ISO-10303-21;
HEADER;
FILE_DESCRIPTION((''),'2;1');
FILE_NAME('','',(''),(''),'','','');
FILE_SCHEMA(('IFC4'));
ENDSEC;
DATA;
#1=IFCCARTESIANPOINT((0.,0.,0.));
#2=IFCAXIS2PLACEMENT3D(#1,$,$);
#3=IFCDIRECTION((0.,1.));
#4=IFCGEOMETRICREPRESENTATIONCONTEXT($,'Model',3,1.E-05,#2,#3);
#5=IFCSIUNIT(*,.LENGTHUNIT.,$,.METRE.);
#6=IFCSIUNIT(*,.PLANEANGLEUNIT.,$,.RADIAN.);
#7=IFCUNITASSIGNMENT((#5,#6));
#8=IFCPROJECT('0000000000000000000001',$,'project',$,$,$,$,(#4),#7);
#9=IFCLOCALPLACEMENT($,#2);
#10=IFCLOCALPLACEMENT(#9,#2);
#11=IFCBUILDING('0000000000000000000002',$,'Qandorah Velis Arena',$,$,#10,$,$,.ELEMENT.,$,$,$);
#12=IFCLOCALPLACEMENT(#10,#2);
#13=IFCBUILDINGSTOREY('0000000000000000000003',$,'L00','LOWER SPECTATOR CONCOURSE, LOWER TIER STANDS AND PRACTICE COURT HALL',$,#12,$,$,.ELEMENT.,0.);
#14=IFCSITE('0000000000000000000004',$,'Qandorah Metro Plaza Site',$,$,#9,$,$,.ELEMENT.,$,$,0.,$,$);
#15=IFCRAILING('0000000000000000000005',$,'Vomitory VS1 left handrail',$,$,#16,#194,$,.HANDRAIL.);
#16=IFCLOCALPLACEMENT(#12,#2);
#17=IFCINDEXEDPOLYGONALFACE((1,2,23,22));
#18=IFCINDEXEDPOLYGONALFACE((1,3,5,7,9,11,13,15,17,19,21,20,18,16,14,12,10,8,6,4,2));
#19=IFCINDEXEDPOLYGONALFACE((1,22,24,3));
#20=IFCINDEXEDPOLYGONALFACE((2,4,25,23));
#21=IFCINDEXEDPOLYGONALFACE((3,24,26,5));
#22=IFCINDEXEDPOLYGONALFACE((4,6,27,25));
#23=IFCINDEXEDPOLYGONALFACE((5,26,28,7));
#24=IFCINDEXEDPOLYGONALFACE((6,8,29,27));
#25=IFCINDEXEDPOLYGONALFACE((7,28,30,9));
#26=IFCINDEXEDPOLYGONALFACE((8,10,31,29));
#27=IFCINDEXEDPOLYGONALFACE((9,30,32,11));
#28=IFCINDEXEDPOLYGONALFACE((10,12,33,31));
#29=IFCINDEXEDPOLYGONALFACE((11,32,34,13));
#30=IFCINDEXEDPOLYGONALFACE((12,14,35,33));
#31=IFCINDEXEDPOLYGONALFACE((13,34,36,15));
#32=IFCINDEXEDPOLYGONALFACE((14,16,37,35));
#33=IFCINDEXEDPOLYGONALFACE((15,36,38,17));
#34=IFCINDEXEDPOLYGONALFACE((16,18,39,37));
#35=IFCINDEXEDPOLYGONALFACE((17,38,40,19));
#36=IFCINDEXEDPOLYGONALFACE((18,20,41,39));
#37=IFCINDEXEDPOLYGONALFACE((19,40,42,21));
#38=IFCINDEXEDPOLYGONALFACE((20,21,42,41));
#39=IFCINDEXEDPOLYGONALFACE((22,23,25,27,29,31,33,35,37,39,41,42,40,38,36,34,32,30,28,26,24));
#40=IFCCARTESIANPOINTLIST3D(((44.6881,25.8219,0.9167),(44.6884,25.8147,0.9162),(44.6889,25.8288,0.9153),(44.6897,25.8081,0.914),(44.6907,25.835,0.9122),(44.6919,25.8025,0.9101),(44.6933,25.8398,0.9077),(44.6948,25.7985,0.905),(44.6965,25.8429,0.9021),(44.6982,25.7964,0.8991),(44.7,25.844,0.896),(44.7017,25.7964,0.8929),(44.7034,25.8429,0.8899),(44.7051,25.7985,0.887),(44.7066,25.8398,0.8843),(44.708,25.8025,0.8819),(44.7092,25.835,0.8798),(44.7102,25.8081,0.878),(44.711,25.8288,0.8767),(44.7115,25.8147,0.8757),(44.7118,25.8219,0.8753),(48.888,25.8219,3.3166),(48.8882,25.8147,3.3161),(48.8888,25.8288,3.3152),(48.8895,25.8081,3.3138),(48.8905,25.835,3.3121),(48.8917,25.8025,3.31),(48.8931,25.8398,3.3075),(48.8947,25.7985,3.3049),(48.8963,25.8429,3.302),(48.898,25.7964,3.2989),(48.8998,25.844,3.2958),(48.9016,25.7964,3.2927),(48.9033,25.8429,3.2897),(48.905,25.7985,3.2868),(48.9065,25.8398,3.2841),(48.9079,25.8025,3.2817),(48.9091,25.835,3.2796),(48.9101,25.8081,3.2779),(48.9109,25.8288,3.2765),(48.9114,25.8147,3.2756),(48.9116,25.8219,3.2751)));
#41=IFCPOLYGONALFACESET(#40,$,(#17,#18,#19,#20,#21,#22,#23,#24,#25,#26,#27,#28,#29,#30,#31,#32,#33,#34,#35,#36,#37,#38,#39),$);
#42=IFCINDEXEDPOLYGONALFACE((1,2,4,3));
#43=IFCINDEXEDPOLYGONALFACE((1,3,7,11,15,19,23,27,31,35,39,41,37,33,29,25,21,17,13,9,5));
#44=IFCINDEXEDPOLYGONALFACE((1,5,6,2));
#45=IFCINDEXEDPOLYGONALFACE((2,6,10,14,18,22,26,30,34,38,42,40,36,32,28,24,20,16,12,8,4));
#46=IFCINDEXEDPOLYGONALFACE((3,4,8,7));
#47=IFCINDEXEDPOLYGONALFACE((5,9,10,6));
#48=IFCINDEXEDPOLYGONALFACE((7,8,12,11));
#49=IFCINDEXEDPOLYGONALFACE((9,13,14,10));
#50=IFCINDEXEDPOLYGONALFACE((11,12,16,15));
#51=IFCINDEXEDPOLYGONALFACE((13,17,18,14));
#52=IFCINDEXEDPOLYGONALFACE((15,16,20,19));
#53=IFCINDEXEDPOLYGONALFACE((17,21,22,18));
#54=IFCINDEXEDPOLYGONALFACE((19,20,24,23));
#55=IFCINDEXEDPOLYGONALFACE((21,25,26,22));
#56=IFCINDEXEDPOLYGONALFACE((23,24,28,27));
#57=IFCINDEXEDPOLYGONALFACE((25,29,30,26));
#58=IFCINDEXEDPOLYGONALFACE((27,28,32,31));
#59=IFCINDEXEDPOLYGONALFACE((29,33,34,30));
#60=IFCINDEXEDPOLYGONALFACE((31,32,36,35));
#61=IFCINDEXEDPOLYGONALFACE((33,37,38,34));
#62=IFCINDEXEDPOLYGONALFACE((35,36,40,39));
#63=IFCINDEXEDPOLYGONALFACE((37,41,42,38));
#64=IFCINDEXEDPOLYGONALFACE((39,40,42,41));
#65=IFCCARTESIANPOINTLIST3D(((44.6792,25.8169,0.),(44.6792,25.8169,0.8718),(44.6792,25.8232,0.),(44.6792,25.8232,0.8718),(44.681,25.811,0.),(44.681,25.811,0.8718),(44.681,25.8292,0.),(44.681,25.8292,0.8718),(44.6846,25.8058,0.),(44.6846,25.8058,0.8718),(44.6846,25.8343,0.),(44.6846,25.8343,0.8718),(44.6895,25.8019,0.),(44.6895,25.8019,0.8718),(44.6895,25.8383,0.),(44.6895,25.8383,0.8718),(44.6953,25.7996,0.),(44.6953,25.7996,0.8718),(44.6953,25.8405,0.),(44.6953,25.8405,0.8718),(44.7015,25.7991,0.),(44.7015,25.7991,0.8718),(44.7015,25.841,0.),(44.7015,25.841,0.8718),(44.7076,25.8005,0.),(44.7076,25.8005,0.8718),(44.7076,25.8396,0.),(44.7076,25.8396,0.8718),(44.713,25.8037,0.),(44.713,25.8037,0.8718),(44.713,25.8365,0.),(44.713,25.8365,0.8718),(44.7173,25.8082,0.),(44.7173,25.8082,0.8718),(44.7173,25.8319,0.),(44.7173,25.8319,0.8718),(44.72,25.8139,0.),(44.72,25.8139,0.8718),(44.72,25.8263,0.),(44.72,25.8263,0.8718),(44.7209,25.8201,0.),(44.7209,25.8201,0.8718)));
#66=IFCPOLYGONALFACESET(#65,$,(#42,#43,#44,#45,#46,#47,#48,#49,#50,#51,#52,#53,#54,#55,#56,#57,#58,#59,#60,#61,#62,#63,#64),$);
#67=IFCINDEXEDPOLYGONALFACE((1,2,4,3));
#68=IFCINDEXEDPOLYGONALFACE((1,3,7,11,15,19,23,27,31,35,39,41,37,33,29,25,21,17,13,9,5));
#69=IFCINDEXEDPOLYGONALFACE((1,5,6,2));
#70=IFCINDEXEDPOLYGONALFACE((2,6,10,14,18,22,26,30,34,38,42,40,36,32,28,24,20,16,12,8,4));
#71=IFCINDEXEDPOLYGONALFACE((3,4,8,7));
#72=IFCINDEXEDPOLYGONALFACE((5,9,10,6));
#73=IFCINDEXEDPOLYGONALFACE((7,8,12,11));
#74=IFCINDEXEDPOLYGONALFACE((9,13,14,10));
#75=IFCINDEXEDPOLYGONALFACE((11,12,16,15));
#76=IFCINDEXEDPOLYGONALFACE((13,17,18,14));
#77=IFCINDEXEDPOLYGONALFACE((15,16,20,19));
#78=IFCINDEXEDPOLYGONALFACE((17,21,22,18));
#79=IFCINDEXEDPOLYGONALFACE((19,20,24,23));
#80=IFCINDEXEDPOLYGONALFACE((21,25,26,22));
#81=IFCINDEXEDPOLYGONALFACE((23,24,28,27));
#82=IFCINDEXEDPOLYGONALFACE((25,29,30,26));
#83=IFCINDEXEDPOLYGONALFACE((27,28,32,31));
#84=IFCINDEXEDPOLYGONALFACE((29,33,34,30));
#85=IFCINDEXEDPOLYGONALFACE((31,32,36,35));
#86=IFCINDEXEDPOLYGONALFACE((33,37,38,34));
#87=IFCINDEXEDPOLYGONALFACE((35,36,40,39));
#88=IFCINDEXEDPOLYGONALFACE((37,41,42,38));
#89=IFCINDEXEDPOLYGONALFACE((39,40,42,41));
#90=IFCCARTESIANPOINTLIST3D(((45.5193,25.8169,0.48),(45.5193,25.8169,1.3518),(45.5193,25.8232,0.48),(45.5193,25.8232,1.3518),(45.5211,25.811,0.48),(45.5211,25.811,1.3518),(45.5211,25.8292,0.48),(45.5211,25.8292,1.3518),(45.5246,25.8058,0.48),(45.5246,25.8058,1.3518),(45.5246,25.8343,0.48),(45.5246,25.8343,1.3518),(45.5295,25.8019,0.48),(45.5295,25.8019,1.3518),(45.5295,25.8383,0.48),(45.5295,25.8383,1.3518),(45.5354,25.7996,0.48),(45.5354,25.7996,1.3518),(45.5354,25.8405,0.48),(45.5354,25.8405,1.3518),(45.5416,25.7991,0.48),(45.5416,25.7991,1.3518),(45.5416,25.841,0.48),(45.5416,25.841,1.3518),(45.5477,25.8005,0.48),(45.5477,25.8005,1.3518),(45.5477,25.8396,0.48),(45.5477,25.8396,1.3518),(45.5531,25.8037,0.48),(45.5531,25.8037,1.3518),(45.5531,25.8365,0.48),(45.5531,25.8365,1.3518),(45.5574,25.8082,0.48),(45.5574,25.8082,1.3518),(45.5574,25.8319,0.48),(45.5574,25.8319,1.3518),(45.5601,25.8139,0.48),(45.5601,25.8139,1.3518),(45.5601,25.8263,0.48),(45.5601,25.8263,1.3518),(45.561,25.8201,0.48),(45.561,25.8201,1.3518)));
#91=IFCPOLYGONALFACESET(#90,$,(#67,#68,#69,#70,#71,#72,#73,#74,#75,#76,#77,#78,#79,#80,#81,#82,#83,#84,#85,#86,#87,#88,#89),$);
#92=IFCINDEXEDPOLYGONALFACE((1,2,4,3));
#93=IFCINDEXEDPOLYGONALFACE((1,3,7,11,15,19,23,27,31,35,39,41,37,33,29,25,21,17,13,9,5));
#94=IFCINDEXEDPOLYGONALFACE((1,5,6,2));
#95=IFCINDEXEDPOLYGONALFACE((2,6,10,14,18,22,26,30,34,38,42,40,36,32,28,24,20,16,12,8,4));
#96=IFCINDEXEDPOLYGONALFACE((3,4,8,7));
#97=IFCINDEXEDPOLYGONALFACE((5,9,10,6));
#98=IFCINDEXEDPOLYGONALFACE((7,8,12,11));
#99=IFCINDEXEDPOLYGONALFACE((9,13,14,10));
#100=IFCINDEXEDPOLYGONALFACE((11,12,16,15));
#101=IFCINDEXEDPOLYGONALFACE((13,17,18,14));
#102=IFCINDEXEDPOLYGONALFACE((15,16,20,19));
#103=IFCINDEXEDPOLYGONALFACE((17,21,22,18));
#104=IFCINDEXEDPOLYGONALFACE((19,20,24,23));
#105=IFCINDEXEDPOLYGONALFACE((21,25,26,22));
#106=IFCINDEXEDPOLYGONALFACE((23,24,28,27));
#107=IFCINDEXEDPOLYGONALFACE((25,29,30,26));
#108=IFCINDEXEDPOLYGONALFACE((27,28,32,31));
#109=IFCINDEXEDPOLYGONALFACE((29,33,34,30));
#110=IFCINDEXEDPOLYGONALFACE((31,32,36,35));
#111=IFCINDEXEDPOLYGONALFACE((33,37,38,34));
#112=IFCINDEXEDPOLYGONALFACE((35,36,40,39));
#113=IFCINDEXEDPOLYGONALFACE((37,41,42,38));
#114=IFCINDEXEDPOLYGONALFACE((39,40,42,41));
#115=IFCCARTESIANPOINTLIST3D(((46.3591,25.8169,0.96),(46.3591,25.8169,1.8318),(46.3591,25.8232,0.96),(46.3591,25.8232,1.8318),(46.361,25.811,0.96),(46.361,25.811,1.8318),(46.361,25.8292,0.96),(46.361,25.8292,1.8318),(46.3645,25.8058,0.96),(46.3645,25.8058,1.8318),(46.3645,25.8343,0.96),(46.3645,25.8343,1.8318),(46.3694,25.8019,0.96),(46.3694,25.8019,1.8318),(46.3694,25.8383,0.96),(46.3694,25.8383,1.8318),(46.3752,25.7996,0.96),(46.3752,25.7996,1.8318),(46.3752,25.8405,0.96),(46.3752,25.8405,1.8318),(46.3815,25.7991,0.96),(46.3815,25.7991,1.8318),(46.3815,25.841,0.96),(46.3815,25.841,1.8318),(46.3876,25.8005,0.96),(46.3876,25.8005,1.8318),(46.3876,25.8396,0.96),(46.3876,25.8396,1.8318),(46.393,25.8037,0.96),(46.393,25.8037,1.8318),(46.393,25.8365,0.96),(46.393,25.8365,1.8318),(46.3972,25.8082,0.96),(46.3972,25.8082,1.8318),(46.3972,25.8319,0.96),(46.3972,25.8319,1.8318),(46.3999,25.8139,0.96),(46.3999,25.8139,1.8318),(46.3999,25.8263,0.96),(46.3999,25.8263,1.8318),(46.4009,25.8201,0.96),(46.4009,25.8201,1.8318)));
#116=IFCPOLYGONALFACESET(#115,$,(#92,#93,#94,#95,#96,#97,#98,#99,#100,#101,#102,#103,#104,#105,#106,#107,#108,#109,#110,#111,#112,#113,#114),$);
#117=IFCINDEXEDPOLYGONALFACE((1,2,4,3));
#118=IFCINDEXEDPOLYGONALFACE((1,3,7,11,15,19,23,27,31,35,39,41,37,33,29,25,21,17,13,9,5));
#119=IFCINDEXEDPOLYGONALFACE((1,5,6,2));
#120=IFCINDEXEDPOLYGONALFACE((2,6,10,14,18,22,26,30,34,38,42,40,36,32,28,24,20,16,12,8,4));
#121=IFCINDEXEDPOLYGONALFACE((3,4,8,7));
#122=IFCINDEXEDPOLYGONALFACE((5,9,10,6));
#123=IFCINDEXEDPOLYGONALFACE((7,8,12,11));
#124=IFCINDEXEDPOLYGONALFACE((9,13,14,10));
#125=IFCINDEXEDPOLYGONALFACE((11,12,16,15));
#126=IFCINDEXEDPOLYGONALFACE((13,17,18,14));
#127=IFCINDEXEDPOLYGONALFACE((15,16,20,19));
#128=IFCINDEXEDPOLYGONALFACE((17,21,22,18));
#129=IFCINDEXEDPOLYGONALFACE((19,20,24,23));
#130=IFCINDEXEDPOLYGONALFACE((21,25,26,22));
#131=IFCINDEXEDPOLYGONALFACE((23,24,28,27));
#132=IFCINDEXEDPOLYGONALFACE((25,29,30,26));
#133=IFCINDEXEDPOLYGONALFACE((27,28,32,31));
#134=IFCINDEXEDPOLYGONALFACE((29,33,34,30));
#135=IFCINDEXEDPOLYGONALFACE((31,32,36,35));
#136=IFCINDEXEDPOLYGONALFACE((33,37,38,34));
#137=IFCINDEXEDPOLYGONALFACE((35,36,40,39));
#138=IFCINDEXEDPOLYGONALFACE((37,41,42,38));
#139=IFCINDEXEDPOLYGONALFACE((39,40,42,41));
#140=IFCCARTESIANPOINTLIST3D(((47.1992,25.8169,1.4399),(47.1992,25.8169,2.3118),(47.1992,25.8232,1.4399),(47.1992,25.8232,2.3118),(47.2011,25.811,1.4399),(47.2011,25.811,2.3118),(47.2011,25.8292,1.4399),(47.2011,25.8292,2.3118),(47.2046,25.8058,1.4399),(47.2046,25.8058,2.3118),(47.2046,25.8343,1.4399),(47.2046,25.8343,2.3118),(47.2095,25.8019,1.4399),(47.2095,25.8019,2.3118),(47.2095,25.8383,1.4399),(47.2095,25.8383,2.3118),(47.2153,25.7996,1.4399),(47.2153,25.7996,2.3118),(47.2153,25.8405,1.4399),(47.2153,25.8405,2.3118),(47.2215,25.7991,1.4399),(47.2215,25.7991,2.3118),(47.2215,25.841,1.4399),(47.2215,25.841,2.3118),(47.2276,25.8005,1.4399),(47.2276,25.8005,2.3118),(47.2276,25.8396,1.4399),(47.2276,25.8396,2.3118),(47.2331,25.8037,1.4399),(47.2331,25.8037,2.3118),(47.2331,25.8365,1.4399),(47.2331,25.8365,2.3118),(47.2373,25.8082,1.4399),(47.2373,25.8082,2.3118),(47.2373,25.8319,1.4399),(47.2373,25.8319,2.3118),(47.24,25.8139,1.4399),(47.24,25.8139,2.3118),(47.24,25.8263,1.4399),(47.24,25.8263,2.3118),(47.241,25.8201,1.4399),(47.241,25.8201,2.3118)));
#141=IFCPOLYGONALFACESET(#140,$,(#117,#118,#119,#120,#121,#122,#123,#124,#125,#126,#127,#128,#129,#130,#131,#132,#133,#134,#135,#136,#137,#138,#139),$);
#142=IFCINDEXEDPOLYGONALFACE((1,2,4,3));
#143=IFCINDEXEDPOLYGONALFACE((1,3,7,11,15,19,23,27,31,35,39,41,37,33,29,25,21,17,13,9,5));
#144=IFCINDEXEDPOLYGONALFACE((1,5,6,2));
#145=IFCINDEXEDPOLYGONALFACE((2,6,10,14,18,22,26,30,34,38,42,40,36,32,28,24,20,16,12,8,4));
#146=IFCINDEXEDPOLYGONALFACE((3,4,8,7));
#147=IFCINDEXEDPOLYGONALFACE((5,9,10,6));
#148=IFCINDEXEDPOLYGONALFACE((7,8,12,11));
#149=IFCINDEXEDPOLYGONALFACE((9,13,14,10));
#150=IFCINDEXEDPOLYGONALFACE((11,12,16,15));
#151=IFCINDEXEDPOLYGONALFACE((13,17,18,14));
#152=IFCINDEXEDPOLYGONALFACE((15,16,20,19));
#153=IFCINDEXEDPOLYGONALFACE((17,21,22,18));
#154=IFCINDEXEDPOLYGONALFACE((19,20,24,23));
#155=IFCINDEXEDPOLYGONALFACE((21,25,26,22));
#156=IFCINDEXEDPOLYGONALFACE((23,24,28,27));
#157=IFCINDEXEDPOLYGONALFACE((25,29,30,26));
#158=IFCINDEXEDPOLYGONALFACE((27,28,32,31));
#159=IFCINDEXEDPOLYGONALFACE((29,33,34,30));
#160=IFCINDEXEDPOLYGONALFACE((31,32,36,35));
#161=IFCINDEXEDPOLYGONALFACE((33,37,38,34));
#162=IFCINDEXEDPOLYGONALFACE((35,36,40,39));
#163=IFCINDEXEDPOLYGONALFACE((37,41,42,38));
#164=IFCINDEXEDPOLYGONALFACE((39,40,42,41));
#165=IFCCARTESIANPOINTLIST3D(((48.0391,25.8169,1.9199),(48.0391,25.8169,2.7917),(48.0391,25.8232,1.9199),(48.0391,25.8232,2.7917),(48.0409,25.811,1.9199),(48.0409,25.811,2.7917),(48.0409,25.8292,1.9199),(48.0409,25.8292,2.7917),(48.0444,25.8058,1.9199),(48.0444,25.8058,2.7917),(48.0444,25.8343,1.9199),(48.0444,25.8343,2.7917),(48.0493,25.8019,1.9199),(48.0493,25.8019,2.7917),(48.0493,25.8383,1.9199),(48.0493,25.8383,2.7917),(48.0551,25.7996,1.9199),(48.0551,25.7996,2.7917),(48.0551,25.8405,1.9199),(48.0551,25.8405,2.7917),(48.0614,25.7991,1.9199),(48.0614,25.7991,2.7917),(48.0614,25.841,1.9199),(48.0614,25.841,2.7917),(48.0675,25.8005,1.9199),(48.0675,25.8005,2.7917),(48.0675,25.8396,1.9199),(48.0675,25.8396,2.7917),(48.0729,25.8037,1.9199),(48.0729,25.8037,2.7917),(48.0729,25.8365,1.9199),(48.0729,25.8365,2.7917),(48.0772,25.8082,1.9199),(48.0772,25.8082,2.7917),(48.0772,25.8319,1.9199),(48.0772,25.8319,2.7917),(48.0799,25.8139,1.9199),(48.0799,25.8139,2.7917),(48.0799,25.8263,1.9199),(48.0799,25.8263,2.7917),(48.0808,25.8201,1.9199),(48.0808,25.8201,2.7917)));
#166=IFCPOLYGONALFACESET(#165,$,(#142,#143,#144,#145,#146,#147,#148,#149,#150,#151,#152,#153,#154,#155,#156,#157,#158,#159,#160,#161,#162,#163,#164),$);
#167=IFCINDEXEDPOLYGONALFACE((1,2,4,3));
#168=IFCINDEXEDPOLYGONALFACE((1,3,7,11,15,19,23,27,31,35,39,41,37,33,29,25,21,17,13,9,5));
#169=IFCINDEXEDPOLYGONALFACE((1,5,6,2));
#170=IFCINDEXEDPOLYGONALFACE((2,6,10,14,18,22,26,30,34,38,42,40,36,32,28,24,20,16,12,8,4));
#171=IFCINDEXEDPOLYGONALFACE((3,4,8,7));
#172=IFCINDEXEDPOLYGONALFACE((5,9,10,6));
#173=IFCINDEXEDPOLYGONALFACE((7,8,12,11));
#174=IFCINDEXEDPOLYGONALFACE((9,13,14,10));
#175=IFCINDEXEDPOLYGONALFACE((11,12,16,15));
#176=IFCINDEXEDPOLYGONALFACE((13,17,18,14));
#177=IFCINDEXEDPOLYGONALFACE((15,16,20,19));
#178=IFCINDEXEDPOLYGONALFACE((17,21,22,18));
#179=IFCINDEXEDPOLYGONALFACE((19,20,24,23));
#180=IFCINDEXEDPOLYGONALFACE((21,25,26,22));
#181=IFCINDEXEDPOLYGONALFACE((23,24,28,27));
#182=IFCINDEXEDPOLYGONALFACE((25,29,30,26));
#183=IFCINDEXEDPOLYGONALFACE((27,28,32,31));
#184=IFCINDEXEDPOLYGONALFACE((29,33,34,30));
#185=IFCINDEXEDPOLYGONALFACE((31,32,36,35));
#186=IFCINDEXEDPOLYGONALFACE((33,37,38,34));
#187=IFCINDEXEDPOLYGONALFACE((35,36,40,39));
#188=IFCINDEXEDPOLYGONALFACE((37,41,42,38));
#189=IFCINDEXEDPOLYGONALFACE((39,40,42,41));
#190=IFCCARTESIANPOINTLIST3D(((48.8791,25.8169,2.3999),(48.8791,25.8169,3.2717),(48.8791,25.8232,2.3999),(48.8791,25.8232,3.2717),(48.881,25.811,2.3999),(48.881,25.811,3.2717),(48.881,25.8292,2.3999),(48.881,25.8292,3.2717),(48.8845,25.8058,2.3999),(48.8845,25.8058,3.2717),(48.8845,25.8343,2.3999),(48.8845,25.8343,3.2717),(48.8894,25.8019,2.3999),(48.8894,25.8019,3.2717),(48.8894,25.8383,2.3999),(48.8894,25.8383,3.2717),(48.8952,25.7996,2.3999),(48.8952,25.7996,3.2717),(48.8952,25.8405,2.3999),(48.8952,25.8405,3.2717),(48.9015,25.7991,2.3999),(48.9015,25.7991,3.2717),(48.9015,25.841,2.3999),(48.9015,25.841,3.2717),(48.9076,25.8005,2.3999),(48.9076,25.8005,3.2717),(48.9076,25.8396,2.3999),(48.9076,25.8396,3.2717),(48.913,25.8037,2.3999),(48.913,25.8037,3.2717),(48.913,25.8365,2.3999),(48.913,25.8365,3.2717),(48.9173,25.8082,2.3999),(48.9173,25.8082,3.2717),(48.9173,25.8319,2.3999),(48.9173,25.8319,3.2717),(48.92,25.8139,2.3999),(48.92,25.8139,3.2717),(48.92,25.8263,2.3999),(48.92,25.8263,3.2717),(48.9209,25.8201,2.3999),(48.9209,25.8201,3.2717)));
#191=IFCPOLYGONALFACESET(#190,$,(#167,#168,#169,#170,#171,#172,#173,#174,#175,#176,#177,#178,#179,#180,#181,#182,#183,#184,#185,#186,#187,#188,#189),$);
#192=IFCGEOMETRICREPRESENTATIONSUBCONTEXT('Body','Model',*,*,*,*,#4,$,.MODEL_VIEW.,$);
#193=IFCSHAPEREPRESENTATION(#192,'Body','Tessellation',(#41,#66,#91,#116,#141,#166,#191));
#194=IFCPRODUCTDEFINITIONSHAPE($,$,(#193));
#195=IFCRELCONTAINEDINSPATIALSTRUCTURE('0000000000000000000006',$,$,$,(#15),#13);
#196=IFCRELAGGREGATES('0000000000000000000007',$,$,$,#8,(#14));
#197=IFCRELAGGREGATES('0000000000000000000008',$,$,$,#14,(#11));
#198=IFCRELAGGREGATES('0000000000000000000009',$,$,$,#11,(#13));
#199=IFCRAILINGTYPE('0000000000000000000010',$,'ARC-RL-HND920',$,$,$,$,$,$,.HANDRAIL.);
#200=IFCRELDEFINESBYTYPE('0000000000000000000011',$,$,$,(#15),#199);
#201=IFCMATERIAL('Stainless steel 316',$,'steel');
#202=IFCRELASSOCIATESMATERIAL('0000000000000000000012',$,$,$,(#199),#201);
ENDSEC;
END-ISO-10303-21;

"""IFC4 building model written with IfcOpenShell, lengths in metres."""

from ifc_helpers import new_model, si_unit, direction, frame, origin, origin_2d, place, context, subcontext, project, spatial, circle, extrude, material, type_object, element, save


model = new_model("IFC4")

# Units and contexts
model_context = context("Model", 3, precision=1e-05, world=origin(), true_north=direction((0.0, 1.0)))
body_context = subcontext(model_context, "Body", "Model", "MODEL_VIEW")
ifc_project = project(units=[si_unit("LENGTHUNIT", "METRE"), si_unit("PLANEANGLEUNIT", "RADIAN")], contexts=[model_context])

# Site, building, storey
site_placement = place(None, origin())
site = spatial("IfcSite", under=ifc_project, at=site_placement, Name="Qandorah Metro Plaza Site", CompositionType="ELEMENT", RefElevation=0.0)
building_placement = place(site_placement, origin())
building = spatial("IfcBuilding", under=site, at=building_placement, Name="Qandorah Velis Arena", CompositionType="ELEMENT")
storey_placement = place(building_placement, origin())
storey = spatial("IfcBuildingStorey", under=building, at=storey_placement, Name="L00", Description="LOWER SPECTATOR CONCOURSE, LOWER TIER STANDS AND PRACTICE COURT HALL", CompositionType="ELEMENT", Elevation=0.0)

# Railing
ifc_material_1 = material(Name="Stainless steel 316", Category="steel")
railing_type_1 = type_object("IfcRailingType", Name="ARC-RL-HND920", PredefinedType="HANDRAIL", material=ifc_material_1)
for number, where, name in (
    (1, (44.7, 25.8201, 0.0), "Vomitory VS1 left handrail"),
):
    element("IfcRailing", number, at=place(storey_placement, frame(where)), inside=storey, type_object=railing_type_1, Name=name, PredefinedType="HANDRAIL", context=body_context, shape_type="SweptSolid", body=[
        extrude(circle(Radius=0.0239, at=origin_2d()), frame((0.0, 0.0, 0.896), z_axis=(0.868249, 0.0, 0.496128), x_axis=(0.0, 1.0, 0.0)), (0.0, 0.0, 1.0), 4.8372),
        extrude(circle(Radius=0.021, at=origin_2d()), origin(), (0.0, 0.0, 1.0), 0.8718),
        extrude(circle(Radius=0.021, at=origin_2d()), frame((0.8401, 0.0, 0.48)), (0.0, 0.0, 1.0), 0.8718),
        extrude(circle(Radius=0.021, at=origin_2d()), frame((1.6799, 0.0, 0.96)), (0.0, 0.0, 1.0), 0.8718),
        extrude(circle(Radius=0.021, at=origin_2d()), frame((2.52, 0.0, 1.4399)), (0.0, 0.0, 1.0), 0.8718),
        extrude(circle(Radius=0.021, at=origin_2d()), frame((3.3599, 0.0, 1.9199)), (0.0, 0.0, 1.0), 0.8718),
        extrude(circle(Radius=0.021, at=origin_2d()), frame((4.2, 0.0, 2.3999)), (0.0, 0.0, 1.0), 0.8718),
    ])

save(model, "model.ifc")
